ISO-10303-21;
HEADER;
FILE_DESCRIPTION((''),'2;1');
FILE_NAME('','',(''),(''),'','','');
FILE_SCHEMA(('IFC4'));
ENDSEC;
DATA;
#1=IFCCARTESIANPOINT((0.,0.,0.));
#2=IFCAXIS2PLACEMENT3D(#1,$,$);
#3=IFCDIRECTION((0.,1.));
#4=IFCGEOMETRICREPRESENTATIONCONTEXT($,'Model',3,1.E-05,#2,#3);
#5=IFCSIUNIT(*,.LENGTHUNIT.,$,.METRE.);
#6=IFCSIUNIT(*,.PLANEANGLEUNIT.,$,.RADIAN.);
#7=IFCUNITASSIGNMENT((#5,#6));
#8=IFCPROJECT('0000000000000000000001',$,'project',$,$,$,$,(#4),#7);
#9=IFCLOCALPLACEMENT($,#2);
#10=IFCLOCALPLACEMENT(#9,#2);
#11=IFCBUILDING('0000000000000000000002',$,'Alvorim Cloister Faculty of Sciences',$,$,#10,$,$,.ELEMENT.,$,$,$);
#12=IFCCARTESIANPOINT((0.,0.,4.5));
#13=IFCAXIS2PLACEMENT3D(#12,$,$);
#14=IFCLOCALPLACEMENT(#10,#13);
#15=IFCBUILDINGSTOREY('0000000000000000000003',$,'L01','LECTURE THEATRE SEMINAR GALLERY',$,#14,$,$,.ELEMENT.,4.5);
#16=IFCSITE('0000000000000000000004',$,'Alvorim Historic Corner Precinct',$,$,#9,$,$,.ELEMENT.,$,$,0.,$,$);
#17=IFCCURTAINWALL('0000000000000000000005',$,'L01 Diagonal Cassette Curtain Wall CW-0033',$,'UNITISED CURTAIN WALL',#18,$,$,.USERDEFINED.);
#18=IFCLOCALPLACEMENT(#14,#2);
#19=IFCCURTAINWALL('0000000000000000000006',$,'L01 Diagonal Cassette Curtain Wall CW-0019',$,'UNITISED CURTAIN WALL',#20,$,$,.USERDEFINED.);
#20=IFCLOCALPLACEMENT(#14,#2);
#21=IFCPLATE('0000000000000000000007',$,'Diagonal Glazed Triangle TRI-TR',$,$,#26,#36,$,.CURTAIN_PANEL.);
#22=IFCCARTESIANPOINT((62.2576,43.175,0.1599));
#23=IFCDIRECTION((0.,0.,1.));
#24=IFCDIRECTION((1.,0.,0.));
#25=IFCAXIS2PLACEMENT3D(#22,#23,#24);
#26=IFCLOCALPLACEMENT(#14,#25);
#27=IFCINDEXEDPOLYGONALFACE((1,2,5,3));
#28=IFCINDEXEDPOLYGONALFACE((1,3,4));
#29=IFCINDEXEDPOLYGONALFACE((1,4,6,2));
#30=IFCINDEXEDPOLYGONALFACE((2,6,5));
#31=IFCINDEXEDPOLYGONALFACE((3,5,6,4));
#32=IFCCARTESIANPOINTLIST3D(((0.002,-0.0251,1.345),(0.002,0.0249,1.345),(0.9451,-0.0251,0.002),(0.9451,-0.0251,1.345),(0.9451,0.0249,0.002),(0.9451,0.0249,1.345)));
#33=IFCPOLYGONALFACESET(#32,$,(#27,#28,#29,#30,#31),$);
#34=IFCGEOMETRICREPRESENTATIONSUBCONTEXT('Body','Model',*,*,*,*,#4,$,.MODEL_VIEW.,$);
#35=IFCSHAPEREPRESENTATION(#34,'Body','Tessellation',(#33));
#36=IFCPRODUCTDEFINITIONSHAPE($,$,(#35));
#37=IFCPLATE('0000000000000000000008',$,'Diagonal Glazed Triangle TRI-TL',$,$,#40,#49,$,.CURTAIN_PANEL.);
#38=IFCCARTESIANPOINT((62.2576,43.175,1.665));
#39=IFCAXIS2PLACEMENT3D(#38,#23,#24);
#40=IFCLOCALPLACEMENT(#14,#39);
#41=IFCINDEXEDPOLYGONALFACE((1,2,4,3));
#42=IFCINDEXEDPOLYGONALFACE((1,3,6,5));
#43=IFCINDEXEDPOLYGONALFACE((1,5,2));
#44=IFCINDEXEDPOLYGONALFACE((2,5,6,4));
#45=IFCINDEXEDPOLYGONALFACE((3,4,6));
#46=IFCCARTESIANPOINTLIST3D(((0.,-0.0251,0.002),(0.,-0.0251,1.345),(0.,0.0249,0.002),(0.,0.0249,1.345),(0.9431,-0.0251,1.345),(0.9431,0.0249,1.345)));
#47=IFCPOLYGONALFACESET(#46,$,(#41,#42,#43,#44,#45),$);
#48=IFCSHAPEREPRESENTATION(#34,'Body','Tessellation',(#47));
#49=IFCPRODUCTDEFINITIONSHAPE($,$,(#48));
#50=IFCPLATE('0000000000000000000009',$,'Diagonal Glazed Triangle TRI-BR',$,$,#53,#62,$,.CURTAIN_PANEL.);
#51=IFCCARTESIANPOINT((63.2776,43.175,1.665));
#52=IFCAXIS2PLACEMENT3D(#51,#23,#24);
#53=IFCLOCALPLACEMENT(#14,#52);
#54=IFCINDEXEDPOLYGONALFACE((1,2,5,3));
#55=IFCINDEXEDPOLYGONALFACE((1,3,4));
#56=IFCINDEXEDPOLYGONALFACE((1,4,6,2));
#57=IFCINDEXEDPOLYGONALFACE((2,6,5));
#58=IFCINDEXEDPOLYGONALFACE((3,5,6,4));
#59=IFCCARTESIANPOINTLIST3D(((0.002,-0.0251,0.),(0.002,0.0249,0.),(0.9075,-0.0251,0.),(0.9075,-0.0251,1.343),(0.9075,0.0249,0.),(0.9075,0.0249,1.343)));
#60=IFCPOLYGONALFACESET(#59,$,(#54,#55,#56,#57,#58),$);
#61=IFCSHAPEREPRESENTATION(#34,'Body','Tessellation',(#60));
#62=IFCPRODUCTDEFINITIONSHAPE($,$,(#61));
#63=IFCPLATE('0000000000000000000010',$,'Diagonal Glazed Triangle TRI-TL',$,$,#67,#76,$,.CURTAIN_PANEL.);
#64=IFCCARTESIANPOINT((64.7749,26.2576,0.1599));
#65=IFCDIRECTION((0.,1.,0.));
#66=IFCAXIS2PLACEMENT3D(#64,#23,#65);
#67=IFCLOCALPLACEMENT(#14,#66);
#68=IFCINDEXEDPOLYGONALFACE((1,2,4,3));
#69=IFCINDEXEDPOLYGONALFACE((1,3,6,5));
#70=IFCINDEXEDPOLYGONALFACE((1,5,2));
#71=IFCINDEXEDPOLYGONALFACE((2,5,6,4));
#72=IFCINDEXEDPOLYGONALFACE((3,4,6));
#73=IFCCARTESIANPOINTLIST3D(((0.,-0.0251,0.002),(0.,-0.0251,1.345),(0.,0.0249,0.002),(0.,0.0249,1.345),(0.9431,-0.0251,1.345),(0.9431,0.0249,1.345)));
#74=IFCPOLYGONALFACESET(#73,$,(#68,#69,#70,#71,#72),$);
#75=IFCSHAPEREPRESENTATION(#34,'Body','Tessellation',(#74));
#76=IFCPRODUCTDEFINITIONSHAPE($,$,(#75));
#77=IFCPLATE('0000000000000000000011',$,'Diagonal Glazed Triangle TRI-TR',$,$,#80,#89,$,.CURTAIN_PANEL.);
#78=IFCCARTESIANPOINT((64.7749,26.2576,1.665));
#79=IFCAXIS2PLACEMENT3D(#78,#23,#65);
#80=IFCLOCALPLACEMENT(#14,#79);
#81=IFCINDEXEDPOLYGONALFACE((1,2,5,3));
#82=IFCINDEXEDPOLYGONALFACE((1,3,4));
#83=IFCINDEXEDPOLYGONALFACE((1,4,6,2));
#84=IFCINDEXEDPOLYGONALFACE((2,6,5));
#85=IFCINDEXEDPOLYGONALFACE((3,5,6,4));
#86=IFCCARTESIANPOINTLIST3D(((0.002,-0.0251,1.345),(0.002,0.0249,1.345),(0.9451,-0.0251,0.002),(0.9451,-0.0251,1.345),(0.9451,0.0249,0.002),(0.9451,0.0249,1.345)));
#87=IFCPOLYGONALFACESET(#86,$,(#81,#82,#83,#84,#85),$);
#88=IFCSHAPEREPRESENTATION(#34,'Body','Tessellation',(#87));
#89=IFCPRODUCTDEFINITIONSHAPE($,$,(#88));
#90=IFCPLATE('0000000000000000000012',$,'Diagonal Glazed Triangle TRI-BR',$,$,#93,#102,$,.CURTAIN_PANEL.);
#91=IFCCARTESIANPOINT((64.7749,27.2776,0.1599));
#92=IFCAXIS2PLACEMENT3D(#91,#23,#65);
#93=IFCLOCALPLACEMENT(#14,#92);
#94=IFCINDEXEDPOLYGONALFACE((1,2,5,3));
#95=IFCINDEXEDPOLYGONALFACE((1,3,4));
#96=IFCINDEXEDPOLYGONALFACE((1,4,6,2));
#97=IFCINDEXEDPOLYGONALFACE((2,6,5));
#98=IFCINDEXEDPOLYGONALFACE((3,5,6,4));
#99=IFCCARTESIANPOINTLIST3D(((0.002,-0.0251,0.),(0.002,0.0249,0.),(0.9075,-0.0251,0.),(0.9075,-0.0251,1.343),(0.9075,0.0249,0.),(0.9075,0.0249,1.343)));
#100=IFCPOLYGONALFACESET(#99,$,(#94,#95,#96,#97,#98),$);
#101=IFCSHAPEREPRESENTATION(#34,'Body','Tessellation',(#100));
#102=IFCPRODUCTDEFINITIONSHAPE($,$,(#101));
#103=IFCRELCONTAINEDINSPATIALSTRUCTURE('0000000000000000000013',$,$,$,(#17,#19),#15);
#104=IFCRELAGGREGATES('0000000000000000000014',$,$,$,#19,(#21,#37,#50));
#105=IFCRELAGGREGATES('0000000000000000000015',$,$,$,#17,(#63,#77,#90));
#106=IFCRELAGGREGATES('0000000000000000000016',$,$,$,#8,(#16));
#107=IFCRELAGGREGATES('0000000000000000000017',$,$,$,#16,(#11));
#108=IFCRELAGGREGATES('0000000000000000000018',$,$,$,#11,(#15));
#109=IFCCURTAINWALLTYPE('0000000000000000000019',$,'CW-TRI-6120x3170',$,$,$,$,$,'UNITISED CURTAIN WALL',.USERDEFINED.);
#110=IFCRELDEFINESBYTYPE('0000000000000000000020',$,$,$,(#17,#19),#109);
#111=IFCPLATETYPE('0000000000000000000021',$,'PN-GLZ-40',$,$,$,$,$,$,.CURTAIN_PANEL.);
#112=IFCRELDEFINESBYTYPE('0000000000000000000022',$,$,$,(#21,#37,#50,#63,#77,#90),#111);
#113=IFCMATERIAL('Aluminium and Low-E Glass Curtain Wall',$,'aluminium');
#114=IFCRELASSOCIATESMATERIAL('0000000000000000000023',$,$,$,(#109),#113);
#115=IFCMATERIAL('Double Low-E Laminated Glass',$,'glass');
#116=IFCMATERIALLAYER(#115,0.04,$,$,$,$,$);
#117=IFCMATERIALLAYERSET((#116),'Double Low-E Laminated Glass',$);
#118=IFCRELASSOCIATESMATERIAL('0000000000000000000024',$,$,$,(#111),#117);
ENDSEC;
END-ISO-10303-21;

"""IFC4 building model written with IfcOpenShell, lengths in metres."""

from ifc_helpers import new_model, si_unit, direction, frame, origin, place, context, subcontext, project, spatial, polyline, outline, extrude, material, layer, layer_set, type_object, element, aggregate, save


model = new_model("IFC4")

# Units and contexts
model_context = context("Model", 3, precision=1e-05, world=origin(), true_north=direction((0.0, 1.0)))
body_context = subcontext(model_context, "Body", "Model", "MODEL_VIEW")
ifc_project = project(units=[si_unit("LENGTHUNIT", "METRE"), si_unit("PLANEANGLEUNIT", "RADIAN")], contexts=[model_context])

# Site, building, storey
site_placement = place(None, origin())
site = spatial("IfcSite", under=ifc_project, at=site_placement, Name="Alvorim Historic Corner Precinct", CompositionType="ELEMENT", RefElevation=0.0)
building_placement = place(site_placement, origin())
building = spatial("IfcBuilding", under=site, at=building_placement, Name="Alvorim Cloister Faculty of Sciences", CompositionType="ELEMENT")
storey_placement = place(building_placement, frame((0.0, 0.0, 4.5)))
storey = spatial("IfcBuildingStorey", under=building, at=storey_placement, Name="L01", Description="LECTURE THEATRE SEMINAR GALLERY", CompositionType="ELEMENT", Elevation=4.5)

# Curtain wall
ifc_material_1 = material(Name="Aluminium and Low-E Glass Curtain Wall", Category="aluminium")
curtain_wall_type = type_object("IfcCurtainWallType", Name="CW-TRI-6120x3170", ElementType="UNITISED CURTAIN WALL", PredefinedType="USERDEFINED", material=ifc_material_1)
curtain_wall_1_placement = place(storey_placement, origin())
curtain_wall_1 = element("IfcCurtainWall", 1, at=curtain_wall_1_placement, inside=storey, type_object=curtain_wall_type, Name="L01 Diagonal Cassette Curtain Wall CW-0033", ObjectType="UNITISED CURTAIN WALL", PredefinedType="USERDEFINED")

# Curtain wall, plates
curtain_wall_2_placement = place(storey_placement, origin())
curtain_wall_2 = element("IfcCurtainWall", 2, at=curtain_wall_2_placement, inside=storey, type_object=curtain_wall_type, Name="L01 Diagonal Cassette Curtain Wall CW-0019", ObjectType="UNITISED CURTAIN WALL", PredefinedType="USERDEFINED")
ifc_material_2 = material(Name="Double Low-E Laminated Glass", Category="glass")
ifc_layer_1 = layer(ifc_material_2, 0.04)
ifc_layer_set_1 = layer_set([ifc_layer_1], Name="Double Low-E Laminated Glass")
plate_type = type_object("IfcPlateType", Name="PN-GLZ-40", PredefinedType="CURTAIN_PANEL", material=ifc_layer_set_1)
plate_1_placement = place(storey_placement, frame((62.2576, 43.175, 0.1599), z_axis=(0.0, 0.0, 1.0), x_axis=(1.0, 0.0, 0.0)))
plate_1 = element("IfcPlate", 3, at=plate_1_placement, type_object=plate_type, Name="Diagonal Glazed Triangle TRI-TR", PredefinedType="CURTAIN_PANEL", context=body_context, shape_type="SweptSolid", body=[
    extrude(outline(polyline([(0.9451, 0.002), (0.9451, 1.345), (0.002, 1.345), (0.9451, 0.002)])), frame((0.0, 0.0249, 0.0), z_axis=(0.0, -1.0, 0.0), x_axis=(1.0, 0.0, 0.0)), (0.0, 0.0, 1.0), 0.05),
])
plate_2_placement = place(storey_placement, frame((62.2576, 43.175, 1.665), z_axis=(0.0, 0.0, 1.0), x_axis=(1.0, 0.0, 0.0)))
plate_2 = element("IfcPlate", 4, at=plate_2_placement, type_object=plate_type, Name="Diagonal Glazed Triangle TRI-TL", PredefinedType="CURTAIN_PANEL", context=body_context, shape_type="SweptSolid", body=[
    extrude(outline(polyline([(0.9431, 1.345), (0.0, 1.345), (0.0, 0.002), (0.9431, 1.345)])), frame((0.0, 0.0249, 0.0), z_axis=(0.0, -1.0, 0.0), x_axis=(1.0, 0.0, 0.0)), (0.0, 0.0, 1.0), 0.05),
])
plate_3_placement = place(storey_placement, frame((63.2776, 43.175, 1.665), z_axis=(0.0, 0.0, 1.0), x_axis=(1.0, 0.0, 0.0)))
plate_3 = element("IfcPlate", 5, at=plate_3_placement, type_object=plate_type, Name="Diagonal Glazed Triangle TRI-BR", PredefinedType="CURTAIN_PANEL", context=body_context, shape_type="SweptSolid", body=[
    extrude(outline(polyline([(0.002, 0.0), (0.9075, 0.0), (0.9075, 1.343), (0.002, 0.0)])), frame((0.0, 0.0249, 0.0), z_axis=(0.0, -1.0, 0.0), x_axis=(1.0, 0.0, 0.0)), (0.0, 0.0, 1.0), 0.05),
])
aggregate(curtain_wall_2, [plate_1, plate_2, plate_3])

# Plates
plate_4_placement = place(storey_placement, frame((64.7749, 26.2576, 0.1599), z_axis=(0.0, 0.0, 1.0), x_axis=(0.0, 1.0, 0.0)))
plate_4 = element("IfcPlate", 6, at=plate_4_placement, type_object=plate_type, Name="Diagonal Glazed Triangle TRI-TL", PredefinedType="CURTAIN_PANEL", context=body_context, shape_type="SweptSolid", body=[
    extrude(outline(polyline([(0.9431, 1.345), (0.0, 1.345), (0.0, 0.002), (0.9431, 1.345)])), frame((0.0, 0.0249, 0.0), z_axis=(0.0, -1.0, 0.0), x_axis=(1.0, 0.0, 0.0)), (0.0, 0.0, 1.0), 0.05),
])
plate_5_placement = place(storey_placement, frame((64.7749, 26.2576, 1.665), z_axis=(0.0, 0.0, 1.0), x_axis=(0.0, 1.0, 0.0)))
plate_5 = element("IfcPlate", 7, at=plate_5_placement, type_object=plate_type, Name="Diagonal Glazed Triangle TRI-TR", PredefinedType="CURTAIN_PANEL", context=body_context, shape_type="SweptSolid", body=[
    extrude(outline(polyline([(0.9451, 0.002), (0.9451, 1.345), (0.002, 1.345), (0.9451, 0.002)])), frame((0.0, 0.0249, 0.0), z_axis=(0.0, -1.0, 0.0), x_axis=(1.0, 0.0, 0.0)), (0.0, 0.0, 1.0), 0.05),
])
plate_6_placement = place(storey_placement, frame((64.7749, 27.2776, 0.1599), z_axis=(0.0, 0.0, 1.0), x_axis=(0.0, 1.0, 0.0)))
plate_6 = element("IfcPlate", 8, at=plate_6_placement, type_object=plate_type, Name="Diagonal Glazed Triangle TRI-BR", PredefinedType="CURTAIN_PANEL", context=body_context, shape_type="SweptSolid", body=[
    extrude(outline(polyline([(0.002, 0.0), (0.9075, 0.0), (0.9075, 1.343), (0.002, 0.0)])), frame((0.0, 0.0249, 0.0), z_axis=(0.0, -1.0, 0.0), x_axis=(1.0, 0.0, 0.0)), (0.0, 0.0, 1.0), 0.05),
])
aggregate(curtain_wall_1, [plate_4, plate_5, plate_6])

save(model, "model.ifc")
